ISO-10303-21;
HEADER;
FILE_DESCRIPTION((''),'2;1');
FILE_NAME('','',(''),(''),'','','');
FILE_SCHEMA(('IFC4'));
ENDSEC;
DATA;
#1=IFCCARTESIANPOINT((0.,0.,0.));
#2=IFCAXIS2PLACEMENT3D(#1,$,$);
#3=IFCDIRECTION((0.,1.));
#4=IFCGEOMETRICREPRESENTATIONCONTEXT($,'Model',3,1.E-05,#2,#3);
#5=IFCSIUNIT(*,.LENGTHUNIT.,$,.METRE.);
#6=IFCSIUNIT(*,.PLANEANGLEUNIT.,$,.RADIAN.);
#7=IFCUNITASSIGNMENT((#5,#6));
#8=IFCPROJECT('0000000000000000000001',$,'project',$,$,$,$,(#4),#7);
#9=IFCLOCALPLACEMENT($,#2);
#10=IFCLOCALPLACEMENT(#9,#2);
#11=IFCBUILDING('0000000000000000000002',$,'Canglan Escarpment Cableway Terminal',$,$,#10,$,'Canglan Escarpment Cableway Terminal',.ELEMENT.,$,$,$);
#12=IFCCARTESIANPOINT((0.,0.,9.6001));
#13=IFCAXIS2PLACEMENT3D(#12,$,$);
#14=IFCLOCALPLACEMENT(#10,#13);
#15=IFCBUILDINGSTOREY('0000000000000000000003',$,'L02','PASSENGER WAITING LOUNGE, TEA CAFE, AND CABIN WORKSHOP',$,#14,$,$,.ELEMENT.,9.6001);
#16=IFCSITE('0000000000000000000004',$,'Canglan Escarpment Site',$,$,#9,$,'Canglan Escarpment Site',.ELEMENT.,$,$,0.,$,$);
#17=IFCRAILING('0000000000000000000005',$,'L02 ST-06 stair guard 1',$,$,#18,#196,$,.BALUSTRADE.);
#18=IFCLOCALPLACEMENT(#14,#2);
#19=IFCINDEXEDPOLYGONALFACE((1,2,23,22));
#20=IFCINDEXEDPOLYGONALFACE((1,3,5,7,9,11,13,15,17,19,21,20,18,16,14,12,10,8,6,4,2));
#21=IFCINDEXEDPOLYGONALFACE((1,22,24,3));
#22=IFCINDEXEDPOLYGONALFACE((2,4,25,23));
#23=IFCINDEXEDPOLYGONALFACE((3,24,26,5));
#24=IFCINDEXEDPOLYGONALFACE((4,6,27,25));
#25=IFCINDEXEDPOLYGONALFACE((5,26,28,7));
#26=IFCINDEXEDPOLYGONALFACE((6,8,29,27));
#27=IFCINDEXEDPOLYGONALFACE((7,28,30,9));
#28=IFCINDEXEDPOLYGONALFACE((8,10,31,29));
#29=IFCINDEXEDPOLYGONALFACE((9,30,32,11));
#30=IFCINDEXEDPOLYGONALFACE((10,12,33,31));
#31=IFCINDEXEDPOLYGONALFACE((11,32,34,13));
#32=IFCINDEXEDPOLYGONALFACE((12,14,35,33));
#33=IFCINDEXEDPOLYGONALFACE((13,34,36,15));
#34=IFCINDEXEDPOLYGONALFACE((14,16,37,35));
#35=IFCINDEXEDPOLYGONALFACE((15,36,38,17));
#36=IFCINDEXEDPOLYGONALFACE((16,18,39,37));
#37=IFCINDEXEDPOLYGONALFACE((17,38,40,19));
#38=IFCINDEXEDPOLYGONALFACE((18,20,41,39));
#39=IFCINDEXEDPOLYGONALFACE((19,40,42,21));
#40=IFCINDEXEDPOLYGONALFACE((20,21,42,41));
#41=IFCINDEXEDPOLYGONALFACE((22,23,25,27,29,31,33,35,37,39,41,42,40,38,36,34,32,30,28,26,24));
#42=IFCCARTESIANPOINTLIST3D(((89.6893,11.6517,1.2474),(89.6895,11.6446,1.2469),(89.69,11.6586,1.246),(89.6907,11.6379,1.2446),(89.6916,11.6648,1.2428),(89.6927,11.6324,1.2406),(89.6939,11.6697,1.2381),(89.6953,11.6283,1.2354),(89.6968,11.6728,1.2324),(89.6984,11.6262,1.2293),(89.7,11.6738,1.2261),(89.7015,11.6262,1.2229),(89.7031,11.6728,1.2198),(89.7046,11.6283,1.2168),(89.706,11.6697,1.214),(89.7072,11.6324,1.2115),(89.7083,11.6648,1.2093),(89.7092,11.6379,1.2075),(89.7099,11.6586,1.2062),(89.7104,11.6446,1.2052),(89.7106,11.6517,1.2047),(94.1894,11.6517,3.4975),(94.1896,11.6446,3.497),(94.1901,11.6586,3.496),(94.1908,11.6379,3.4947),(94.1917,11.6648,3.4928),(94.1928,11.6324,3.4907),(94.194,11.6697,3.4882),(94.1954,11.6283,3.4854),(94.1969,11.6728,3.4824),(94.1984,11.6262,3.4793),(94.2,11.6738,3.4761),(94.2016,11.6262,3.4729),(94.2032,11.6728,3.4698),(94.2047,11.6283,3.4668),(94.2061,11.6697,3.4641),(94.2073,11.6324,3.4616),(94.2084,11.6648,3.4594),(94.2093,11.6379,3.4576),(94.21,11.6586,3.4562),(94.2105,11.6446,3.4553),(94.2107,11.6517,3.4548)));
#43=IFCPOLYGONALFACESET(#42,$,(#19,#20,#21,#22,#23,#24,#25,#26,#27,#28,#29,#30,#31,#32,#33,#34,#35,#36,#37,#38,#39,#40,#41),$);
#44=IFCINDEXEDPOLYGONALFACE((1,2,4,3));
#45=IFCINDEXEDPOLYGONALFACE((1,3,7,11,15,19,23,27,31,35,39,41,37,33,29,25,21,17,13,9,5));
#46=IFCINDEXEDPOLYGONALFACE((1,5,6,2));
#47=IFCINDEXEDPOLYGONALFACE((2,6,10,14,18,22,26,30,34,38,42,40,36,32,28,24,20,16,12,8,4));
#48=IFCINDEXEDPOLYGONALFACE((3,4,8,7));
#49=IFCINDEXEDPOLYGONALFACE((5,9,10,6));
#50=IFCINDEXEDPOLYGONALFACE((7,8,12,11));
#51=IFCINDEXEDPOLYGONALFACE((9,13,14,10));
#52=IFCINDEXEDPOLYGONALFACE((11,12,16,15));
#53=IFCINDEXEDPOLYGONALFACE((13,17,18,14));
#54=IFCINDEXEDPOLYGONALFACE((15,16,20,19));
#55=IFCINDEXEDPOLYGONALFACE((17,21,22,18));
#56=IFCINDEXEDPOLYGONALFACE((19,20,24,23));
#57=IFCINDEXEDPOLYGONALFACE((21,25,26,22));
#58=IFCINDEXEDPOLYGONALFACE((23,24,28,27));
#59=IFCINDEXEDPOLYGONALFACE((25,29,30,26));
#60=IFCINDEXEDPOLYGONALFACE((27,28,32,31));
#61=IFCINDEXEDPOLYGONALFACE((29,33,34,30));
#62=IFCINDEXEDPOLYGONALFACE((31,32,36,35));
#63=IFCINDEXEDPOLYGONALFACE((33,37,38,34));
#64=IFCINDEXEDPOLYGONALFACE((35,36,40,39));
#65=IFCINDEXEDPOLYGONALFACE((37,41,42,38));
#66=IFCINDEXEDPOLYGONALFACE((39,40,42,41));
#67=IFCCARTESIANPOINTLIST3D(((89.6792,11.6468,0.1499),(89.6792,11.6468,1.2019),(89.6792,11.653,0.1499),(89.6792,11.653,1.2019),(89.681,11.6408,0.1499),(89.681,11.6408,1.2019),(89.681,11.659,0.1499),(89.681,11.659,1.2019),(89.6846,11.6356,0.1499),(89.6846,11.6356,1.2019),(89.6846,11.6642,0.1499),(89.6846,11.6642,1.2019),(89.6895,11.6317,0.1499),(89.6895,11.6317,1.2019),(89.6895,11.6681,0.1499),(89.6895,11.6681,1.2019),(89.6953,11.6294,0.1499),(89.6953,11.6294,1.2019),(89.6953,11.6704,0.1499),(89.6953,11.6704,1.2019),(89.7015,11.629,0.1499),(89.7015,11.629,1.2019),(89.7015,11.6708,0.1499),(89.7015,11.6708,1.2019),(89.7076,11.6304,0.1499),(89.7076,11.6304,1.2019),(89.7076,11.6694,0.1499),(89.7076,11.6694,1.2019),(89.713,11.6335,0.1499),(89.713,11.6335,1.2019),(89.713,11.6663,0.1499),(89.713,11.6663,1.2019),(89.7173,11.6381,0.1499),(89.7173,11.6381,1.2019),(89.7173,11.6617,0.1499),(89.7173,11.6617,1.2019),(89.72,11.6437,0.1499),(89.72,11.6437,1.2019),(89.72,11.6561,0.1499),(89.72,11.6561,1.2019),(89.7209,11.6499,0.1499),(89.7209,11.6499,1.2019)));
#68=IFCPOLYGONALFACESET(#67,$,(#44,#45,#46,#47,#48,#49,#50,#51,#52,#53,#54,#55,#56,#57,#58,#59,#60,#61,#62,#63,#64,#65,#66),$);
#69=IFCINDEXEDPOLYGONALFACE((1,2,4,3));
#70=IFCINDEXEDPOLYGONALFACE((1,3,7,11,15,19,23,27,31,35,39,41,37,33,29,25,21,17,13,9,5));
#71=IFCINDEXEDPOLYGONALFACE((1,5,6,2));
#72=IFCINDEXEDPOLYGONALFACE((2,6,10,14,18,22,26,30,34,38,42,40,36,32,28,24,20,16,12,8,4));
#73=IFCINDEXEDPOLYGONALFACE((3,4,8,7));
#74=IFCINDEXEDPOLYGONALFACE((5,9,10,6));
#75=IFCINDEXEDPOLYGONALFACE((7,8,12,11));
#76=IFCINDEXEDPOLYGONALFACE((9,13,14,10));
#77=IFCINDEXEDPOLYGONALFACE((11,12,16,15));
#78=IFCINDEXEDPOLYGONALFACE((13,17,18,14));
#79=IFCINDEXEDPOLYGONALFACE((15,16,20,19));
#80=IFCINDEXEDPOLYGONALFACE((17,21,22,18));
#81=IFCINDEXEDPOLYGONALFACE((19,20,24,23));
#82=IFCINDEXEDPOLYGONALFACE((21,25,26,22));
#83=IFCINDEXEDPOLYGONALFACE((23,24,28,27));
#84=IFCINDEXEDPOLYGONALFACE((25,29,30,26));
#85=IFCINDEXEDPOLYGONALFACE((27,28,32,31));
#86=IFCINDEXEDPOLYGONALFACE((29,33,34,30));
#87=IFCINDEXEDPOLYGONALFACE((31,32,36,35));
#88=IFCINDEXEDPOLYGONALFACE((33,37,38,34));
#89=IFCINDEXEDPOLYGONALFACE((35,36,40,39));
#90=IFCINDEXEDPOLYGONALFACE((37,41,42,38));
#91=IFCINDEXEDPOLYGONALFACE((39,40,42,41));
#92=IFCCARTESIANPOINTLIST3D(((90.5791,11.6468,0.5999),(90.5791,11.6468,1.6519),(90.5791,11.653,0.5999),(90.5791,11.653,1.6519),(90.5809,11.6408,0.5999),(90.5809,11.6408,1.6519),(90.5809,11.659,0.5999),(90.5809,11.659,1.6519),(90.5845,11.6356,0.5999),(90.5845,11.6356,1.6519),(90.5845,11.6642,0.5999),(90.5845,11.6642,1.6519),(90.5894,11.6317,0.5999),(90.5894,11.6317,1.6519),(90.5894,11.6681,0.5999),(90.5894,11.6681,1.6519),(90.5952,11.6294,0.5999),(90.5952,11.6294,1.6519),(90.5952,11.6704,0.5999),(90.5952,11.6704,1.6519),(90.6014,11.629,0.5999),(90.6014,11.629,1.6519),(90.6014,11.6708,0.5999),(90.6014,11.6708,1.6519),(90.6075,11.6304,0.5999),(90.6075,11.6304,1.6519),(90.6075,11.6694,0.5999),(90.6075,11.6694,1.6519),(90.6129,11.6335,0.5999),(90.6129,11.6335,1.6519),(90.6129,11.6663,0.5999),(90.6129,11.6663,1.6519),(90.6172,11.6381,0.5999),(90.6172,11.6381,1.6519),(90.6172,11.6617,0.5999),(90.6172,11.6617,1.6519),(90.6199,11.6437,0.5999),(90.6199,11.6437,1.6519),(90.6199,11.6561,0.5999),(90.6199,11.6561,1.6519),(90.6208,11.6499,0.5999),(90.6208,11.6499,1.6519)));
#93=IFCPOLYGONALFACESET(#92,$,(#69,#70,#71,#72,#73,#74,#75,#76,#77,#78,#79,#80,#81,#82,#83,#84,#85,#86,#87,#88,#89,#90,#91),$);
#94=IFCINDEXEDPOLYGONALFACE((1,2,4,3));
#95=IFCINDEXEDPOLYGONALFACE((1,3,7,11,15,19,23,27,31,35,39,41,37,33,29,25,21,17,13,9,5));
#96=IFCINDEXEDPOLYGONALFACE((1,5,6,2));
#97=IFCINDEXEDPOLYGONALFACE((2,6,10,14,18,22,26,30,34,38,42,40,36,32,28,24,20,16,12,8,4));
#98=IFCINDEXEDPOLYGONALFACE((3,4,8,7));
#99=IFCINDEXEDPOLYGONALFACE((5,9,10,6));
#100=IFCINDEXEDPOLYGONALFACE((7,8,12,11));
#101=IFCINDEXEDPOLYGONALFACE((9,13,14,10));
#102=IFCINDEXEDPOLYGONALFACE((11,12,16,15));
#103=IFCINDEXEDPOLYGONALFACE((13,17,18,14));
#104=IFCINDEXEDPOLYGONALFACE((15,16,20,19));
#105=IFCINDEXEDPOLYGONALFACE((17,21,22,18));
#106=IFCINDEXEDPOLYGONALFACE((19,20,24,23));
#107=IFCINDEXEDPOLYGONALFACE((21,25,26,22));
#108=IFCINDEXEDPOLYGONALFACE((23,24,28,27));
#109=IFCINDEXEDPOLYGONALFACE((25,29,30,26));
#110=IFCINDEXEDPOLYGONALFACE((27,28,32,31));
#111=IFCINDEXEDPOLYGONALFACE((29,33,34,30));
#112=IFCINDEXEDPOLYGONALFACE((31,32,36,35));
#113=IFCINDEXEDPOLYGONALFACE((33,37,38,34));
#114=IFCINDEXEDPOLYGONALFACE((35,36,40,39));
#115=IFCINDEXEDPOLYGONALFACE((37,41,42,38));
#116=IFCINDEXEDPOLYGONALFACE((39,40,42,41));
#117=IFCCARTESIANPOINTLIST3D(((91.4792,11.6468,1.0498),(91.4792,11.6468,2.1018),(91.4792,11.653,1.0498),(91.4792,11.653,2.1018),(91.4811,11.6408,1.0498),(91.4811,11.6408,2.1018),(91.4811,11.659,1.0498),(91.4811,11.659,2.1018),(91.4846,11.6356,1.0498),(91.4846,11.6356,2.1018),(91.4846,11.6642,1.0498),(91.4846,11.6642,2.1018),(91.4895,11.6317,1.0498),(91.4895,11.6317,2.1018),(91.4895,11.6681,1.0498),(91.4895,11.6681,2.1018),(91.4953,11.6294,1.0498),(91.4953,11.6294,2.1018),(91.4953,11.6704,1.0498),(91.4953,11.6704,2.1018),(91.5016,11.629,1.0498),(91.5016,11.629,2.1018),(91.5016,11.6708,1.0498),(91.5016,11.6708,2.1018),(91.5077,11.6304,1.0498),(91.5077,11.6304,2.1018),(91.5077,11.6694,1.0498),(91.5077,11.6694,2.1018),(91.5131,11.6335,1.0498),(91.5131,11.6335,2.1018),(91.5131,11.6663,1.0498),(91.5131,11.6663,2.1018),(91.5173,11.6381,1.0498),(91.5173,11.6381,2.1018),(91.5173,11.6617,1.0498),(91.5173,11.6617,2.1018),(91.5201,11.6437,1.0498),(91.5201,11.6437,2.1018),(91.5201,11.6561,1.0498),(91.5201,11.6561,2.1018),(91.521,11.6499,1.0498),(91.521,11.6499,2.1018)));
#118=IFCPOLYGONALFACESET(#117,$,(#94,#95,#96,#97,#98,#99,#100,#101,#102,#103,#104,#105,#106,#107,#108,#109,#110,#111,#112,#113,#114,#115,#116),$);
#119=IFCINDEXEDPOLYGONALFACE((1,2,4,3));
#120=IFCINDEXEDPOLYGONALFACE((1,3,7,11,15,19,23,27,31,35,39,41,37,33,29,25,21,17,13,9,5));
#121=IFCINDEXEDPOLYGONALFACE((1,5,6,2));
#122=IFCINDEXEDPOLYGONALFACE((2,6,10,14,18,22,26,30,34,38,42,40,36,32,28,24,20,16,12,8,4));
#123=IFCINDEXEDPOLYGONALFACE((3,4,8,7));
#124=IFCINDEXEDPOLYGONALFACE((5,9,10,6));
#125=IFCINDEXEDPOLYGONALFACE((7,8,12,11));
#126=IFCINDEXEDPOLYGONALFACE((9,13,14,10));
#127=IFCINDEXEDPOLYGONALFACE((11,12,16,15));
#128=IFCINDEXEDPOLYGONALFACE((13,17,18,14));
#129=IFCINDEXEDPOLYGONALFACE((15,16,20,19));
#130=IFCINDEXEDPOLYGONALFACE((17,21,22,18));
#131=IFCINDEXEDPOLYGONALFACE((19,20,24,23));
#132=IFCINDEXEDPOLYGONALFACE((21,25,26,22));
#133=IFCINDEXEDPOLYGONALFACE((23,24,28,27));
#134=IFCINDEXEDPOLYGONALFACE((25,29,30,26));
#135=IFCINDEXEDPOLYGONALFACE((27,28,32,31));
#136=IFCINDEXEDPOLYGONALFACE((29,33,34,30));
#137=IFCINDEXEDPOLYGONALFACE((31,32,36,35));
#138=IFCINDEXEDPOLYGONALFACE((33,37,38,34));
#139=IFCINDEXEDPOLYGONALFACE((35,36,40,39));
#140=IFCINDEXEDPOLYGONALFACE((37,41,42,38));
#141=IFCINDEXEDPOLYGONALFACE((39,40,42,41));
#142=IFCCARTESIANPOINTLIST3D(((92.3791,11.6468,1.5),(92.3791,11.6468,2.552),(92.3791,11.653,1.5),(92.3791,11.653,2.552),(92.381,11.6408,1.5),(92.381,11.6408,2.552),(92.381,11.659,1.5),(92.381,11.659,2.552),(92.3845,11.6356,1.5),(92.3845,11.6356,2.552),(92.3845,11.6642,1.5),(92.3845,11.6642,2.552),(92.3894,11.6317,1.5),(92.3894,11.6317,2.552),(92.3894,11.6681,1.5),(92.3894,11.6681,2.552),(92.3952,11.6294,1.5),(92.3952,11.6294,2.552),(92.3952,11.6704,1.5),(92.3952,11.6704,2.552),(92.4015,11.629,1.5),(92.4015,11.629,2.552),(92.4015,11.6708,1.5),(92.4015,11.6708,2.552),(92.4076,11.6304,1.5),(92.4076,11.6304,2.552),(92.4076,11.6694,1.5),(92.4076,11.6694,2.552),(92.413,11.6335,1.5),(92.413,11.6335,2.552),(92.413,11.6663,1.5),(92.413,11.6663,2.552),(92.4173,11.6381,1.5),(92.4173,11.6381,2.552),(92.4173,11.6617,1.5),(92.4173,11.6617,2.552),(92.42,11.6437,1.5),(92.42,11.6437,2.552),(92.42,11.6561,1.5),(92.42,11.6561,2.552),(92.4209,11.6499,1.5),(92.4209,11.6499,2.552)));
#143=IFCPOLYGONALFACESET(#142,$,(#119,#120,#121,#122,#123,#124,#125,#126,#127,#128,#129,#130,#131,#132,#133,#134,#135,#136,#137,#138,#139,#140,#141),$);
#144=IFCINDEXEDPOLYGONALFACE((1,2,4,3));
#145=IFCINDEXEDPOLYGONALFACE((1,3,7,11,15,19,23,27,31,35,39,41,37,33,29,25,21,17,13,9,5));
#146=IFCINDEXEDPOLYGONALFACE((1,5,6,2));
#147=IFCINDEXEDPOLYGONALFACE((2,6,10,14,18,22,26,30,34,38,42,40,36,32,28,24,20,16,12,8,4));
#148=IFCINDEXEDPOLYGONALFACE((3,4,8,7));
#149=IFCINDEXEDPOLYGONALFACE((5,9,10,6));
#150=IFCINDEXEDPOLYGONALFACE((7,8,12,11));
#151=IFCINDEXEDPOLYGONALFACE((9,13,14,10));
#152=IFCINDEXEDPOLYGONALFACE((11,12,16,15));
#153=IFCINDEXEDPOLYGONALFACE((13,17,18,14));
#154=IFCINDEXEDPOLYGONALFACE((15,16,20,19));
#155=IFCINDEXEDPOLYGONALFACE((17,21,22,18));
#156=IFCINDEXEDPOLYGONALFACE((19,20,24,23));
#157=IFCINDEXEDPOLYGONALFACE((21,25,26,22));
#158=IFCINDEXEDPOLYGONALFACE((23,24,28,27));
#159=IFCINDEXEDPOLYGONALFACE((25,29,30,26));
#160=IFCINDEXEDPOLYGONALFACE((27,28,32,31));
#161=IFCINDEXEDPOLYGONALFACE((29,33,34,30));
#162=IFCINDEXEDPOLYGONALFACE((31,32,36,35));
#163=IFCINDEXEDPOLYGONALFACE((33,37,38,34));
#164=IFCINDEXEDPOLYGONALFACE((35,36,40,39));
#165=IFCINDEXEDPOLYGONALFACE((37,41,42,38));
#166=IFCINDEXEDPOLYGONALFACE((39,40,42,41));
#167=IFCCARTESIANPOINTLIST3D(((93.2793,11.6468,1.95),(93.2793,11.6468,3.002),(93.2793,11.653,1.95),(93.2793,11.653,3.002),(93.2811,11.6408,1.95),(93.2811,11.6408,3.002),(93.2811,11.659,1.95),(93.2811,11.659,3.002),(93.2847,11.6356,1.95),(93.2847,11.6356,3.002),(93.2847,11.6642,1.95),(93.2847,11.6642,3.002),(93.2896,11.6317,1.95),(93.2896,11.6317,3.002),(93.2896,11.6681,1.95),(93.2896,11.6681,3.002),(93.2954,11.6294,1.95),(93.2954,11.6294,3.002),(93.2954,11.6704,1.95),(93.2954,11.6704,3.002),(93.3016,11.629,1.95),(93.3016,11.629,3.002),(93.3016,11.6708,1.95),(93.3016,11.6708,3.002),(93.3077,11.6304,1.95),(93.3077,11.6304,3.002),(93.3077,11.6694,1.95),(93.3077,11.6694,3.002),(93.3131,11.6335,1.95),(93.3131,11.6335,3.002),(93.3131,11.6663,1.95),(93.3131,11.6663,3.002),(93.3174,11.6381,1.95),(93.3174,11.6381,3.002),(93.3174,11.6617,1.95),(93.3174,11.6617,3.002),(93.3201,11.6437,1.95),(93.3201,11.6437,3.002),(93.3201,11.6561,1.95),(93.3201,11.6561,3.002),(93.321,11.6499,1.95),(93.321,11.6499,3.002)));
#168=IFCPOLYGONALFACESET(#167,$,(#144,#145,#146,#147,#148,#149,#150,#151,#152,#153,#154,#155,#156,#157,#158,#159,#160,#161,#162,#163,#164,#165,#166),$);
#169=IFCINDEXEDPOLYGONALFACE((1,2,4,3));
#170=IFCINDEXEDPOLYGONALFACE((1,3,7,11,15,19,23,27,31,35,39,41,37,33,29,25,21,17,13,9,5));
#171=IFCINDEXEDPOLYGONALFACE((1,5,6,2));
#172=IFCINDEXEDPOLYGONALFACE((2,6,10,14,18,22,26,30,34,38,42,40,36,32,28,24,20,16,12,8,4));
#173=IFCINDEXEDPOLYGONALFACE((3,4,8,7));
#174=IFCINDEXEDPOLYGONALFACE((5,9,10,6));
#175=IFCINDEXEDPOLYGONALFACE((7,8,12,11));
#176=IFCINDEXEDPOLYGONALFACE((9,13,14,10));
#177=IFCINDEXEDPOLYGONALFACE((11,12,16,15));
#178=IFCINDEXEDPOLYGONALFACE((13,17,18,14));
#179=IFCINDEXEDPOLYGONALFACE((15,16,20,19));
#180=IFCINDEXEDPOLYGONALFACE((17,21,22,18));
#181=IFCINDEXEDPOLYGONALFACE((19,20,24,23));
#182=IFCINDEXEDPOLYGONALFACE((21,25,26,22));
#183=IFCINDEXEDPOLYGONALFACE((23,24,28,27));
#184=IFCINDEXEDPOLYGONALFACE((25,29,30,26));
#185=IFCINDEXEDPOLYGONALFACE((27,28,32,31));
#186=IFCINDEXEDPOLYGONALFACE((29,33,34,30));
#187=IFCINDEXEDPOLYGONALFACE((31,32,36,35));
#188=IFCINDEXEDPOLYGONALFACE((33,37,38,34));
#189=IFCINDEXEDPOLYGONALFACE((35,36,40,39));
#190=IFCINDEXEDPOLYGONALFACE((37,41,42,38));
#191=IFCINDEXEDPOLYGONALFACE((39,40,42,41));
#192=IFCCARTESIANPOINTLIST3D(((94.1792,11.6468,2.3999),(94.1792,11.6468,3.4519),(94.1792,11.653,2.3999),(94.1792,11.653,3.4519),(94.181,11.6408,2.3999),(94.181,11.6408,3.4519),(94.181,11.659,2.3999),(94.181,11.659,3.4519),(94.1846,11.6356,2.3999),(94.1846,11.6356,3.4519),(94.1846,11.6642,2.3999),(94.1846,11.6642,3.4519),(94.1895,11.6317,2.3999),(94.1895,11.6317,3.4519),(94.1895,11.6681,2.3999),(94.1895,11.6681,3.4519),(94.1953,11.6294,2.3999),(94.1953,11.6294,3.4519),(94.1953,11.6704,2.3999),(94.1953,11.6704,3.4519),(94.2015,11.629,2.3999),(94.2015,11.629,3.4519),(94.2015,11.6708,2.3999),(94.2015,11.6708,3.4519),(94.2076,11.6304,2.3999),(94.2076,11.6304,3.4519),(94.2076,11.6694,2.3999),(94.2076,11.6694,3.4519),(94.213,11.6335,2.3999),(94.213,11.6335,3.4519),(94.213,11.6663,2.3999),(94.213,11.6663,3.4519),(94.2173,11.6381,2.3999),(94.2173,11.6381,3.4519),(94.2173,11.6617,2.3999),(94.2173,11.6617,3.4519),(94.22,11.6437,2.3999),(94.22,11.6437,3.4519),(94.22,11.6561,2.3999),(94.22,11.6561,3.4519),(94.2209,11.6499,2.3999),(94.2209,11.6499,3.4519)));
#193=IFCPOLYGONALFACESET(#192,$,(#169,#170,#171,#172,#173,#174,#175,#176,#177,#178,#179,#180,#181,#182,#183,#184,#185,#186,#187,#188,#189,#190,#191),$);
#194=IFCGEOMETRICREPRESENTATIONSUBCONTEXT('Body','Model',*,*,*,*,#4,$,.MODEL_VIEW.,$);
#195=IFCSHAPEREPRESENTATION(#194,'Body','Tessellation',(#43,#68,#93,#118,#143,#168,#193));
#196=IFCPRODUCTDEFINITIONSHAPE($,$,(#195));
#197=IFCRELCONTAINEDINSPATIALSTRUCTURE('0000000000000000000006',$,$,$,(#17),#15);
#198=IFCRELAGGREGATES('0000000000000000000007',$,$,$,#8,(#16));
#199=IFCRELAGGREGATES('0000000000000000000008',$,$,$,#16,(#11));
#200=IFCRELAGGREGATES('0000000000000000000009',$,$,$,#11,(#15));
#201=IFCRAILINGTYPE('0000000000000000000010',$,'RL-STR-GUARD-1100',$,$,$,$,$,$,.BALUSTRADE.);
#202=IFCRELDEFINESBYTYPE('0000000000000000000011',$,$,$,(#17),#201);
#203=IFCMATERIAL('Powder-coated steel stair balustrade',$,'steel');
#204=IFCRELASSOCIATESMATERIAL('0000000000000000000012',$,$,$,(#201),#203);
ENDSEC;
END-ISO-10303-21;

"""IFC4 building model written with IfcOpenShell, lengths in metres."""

from ifc_helpers import new_model, si_unit, direction, frame, origin, origin_2d, place, context, subcontext, project, spatial, circle, extrude, material, type_object, element, save


model = new_model("IFC4")

# Units and contexts
model_context = context("Model", 3, precision=1e-05, world=origin(), true_north=direction((0.0, 1.0)))
body_context = subcontext(model_context, "Body", "Model", "MODEL_VIEW")
ifc_project = project(units=[si_unit("LENGTHUNIT", "METRE"), si_unit("PLANEANGLEUNIT", "RADIAN")], contexts=[model_context])

# Site, building, storey
site_placement = place(None, origin())
site = spatial("IfcSite", under=ifc_project, at=site_placement, Name="Canglan Escarpment Site", LongName="Canglan Escarpment Site", CompositionType="ELEMENT", RefElevation=0.0)
building_placement = place(site_placement, origin())
building = spatial("IfcBuilding", under=site, at=building_placement, Name="Canglan Escarpment Cableway Terminal", LongName="Canglan Escarpment Cableway Terminal", CompositionType="ELEMENT")
storey_placement = place(building_placement, frame((0.0, 0.0, 9.6001)))
storey = spatial("IfcBuildingStorey", under=building, at=storey_placement, Name="L02", Description="PASSENGER WAITING LOUNGE, TEA CAFE, AND CABIN WORKSHOP", CompositionType="ELEMENT", Elevation=9.6001)

# Railing
ifc_material_1 = material(Name="Powder-coated steel stair balustrade", Category="steel")
railing_type_1 = type_object("IfcRailingType", Name="RL-STR-GUARD-1100", PredefinedType="BALUSTRADE", material=ifc_material_1)
railing_1_placement = place(storey_placement, frame((89.7, 11.6499, 0.1499)))
element("IfcRailing", 1, at=railing_1_placement, inside=storey, type_object=railing_type_1, Name="L02 ST-06 stair guard 1", PredefinedType="BALUSTRADE", context=body_context, shape_type="SweptSolid", body=[
    extrude(circle(Radius=0.0239, at=origin_2d()), frame((0.0, 0.0, 1.0762), z_axis=(0.894427, 0.0, 0.447214), x_axis=(0.0, 1.0, 0.0)), (0.0, 0.0, 1.0), 5.0312),
    extrude(circle(Radius=0.021, at=origin_2d()), origin(), (0.0, 0.0, 1.0), 1.052),
    extrude(circle(Radius=0.021, at=origin_2d()), frame((0.8999, 0.0, 0.45)), (0.0, 0.0, 1.0), 1.052),
    extrude(circle(Radius=0.021, at=origin_2d()), frame((1.8, 0.0, 0.8999)), (0.0, 0.0, 1.0), 1.052),
    extrude(circle(Radius=0.021, at=origin_2d()), frame((2.7, 0.0, 1.3501)), (0.0, 0.0, 1.0), 1.052),
    extrude(circle(Radius=0.021, at=origin_2d()), frame((3.6001, 0.0, 1.8)), (0.0, 0.0, 1.0), 1.052),
    extrude(circle(Radius=0.021, at=origin_2d()), frame((4.5, 0.0, 2.25)), (0.0, 0.0, 1.0), 1.052),
])

save(model, "model.ifc")
